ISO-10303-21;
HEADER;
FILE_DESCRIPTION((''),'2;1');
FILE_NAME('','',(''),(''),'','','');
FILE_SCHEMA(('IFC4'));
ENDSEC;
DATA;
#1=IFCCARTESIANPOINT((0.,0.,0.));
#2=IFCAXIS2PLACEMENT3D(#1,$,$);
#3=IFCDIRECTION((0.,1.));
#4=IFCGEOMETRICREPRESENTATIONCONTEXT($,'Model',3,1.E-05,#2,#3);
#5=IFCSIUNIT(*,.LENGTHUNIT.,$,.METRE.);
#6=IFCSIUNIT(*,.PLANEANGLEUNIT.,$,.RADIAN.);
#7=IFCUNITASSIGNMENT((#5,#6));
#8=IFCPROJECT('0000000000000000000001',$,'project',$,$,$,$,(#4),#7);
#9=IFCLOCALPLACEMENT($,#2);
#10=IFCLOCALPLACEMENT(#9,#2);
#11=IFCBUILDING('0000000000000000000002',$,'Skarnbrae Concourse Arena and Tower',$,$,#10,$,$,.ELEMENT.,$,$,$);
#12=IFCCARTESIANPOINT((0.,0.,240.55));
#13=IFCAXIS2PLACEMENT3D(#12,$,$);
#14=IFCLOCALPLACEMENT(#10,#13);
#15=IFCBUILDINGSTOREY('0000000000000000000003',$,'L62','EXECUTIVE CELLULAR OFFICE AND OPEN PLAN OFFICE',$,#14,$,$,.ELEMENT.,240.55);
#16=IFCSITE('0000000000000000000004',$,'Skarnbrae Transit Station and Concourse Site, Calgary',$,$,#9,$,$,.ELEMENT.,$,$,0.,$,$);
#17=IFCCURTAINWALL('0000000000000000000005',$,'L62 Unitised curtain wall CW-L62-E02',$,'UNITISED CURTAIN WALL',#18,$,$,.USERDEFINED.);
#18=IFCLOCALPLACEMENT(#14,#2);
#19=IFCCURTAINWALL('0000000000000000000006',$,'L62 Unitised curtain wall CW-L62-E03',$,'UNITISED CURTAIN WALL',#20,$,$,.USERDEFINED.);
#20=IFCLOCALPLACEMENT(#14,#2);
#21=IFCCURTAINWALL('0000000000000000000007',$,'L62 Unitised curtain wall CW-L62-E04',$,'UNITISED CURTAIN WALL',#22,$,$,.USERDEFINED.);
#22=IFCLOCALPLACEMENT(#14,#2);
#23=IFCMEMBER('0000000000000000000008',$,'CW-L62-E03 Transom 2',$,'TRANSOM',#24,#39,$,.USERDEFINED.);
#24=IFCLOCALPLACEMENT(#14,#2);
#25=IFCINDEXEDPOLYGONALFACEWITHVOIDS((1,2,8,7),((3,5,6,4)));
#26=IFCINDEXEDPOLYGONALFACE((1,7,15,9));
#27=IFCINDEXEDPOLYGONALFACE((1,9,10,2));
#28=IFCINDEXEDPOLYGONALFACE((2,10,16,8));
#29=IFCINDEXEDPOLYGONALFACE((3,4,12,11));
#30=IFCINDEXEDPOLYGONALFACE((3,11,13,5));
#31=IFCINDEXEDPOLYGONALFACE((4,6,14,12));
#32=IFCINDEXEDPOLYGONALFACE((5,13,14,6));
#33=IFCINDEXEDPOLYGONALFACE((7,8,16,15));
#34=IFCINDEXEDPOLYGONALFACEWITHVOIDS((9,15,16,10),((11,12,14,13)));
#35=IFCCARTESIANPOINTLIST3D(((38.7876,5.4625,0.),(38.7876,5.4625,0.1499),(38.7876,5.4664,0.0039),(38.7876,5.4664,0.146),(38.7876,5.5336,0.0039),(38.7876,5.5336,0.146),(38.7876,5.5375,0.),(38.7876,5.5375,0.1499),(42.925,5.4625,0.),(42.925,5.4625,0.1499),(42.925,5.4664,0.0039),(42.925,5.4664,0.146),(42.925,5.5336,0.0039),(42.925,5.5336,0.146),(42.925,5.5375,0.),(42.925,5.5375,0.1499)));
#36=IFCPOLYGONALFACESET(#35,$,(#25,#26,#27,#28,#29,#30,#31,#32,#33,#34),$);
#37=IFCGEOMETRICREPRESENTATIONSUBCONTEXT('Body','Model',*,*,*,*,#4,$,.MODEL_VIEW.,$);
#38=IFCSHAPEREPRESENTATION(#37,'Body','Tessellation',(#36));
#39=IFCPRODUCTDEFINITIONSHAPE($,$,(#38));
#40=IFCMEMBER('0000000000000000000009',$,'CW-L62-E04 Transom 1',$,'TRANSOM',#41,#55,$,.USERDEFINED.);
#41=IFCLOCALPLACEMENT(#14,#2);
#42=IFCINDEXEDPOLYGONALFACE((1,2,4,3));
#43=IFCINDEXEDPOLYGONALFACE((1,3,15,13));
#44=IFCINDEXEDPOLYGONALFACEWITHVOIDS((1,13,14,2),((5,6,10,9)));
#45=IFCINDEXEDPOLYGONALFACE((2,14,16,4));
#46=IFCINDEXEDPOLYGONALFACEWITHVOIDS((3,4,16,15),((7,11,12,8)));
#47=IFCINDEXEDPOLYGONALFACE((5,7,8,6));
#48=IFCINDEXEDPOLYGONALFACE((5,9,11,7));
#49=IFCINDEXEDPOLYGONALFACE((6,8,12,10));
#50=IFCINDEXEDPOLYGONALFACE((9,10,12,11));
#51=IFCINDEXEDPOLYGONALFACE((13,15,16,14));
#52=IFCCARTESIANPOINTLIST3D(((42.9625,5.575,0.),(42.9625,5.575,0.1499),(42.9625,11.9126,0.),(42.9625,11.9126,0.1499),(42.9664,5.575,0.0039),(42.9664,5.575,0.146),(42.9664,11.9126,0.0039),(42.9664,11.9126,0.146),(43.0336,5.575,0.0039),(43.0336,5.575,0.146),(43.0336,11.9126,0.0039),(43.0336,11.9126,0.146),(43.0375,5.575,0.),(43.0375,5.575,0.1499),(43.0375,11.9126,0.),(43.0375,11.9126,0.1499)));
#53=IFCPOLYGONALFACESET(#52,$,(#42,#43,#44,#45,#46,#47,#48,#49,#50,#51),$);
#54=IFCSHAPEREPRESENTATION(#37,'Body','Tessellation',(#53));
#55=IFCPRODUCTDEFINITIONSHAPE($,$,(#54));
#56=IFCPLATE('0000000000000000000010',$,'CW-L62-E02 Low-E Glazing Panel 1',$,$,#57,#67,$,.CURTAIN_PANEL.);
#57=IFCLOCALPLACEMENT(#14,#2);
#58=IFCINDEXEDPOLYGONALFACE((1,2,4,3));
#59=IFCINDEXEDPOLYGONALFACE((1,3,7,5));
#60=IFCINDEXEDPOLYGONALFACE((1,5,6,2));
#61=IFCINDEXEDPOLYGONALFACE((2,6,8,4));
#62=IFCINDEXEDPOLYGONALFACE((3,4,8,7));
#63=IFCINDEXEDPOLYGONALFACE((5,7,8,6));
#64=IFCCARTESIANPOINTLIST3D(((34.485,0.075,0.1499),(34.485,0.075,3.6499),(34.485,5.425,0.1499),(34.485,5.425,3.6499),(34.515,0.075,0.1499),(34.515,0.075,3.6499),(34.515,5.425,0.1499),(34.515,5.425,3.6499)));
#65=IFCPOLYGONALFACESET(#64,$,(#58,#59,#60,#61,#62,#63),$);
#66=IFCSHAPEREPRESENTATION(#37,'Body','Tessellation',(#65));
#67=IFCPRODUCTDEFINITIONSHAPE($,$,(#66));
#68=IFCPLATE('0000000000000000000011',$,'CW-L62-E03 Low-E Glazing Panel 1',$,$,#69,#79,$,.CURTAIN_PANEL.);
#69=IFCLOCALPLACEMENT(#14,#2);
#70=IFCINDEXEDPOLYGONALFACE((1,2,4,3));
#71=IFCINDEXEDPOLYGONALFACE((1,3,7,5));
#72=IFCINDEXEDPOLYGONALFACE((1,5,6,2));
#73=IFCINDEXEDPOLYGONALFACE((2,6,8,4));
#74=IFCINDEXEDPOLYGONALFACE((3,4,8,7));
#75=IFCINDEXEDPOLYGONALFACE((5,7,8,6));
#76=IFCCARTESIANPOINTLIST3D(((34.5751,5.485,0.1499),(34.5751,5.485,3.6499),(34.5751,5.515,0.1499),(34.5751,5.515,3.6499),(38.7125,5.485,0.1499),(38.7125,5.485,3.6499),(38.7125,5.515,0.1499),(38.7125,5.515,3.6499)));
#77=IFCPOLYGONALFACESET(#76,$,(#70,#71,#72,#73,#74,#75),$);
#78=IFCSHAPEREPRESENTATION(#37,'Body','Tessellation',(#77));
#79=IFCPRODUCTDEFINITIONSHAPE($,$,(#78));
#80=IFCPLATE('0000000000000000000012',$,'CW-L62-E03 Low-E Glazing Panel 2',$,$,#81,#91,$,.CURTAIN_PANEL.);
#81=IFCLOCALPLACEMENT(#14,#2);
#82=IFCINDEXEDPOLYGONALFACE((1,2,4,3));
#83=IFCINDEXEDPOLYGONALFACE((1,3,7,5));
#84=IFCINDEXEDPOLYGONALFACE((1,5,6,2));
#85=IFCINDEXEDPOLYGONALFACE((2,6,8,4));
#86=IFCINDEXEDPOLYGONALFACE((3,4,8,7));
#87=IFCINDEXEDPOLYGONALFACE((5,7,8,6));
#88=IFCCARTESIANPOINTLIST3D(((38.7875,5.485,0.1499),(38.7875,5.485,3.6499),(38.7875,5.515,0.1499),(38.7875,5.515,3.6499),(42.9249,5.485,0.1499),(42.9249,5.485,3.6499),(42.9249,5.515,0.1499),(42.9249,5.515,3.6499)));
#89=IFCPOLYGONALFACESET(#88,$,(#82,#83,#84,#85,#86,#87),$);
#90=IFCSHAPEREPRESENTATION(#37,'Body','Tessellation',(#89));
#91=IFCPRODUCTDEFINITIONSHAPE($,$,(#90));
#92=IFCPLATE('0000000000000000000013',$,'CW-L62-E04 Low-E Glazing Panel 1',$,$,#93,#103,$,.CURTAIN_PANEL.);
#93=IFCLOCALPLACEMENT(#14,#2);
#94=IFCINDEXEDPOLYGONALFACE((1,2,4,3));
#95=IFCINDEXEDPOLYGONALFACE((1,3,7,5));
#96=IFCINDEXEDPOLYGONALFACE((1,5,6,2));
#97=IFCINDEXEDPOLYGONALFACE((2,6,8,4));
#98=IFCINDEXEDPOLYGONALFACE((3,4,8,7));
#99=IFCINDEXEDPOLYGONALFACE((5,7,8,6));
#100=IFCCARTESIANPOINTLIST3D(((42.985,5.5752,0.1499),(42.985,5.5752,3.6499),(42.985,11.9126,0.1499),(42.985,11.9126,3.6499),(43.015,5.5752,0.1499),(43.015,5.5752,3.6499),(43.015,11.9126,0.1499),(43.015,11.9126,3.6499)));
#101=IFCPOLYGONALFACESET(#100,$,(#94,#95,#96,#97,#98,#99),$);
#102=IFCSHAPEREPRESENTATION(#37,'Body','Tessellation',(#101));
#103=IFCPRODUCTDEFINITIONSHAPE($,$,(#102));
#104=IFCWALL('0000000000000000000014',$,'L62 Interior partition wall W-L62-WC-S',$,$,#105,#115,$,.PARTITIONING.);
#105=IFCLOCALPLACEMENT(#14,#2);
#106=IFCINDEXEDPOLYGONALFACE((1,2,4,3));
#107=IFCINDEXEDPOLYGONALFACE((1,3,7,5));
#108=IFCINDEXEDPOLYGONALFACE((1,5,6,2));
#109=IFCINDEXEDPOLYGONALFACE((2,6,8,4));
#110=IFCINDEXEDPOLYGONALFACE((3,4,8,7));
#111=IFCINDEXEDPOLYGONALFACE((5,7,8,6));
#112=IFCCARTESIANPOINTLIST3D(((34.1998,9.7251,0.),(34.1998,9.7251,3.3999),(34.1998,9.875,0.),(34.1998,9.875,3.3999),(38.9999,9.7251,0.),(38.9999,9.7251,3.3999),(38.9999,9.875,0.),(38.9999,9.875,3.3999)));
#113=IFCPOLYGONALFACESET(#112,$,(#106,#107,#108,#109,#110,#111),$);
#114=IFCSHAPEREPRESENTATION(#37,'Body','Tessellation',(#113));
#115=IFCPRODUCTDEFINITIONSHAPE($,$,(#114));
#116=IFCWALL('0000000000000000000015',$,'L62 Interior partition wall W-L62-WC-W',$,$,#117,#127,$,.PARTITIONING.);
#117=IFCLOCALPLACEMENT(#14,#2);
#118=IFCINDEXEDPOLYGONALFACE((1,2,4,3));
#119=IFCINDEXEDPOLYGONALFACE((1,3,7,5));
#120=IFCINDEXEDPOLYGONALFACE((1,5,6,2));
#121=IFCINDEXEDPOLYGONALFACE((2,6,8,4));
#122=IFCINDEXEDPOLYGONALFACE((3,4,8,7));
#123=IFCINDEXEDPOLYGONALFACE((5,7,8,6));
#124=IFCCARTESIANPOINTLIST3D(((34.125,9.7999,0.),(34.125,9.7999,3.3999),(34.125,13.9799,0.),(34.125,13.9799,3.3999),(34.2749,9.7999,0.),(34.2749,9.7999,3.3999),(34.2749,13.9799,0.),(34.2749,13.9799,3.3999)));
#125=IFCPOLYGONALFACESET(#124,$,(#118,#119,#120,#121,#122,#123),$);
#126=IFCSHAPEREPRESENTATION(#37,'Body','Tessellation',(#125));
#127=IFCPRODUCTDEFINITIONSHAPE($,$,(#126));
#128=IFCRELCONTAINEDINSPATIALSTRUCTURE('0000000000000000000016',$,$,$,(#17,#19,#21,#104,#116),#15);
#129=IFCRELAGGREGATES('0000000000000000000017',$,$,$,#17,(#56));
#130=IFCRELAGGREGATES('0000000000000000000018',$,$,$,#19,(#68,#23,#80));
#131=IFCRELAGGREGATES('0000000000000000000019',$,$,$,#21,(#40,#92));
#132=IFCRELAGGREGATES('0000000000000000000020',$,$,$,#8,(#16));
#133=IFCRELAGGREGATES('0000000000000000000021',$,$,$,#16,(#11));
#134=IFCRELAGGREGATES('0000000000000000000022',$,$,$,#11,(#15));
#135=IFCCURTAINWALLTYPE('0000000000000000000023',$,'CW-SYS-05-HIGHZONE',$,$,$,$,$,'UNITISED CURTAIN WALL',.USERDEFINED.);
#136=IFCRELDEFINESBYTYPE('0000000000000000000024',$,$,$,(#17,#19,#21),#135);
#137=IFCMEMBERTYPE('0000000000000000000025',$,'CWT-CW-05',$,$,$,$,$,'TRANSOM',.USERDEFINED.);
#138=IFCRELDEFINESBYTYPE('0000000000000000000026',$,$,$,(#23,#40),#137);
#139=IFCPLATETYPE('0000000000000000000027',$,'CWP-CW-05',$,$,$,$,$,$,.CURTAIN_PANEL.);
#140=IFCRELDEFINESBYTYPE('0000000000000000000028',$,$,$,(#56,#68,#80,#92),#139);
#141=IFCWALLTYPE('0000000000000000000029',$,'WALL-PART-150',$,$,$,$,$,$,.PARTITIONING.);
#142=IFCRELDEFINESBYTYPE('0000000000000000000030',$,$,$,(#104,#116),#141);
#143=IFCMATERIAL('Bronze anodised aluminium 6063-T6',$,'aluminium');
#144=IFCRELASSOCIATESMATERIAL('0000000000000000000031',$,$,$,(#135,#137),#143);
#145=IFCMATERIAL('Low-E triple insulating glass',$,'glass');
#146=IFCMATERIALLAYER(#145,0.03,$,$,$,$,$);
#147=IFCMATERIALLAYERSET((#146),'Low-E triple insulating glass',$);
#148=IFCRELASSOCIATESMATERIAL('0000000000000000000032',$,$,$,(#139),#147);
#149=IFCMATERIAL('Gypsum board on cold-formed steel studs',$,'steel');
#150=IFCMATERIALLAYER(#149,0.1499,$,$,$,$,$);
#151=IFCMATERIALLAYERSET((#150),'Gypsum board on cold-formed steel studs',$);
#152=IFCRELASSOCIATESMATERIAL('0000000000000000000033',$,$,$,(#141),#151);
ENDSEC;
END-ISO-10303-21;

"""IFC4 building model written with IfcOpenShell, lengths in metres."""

from ifc_helpers import new_model, si_unit, direction, frame, frame_2d, origin, origin_2d, place, context, subcontext, project, spatial, rectangle, hollow_rectangle, extrude, source, transform, mapped, material, layer, layer_set, material_profile, profile_set, type_object, element, aggregate, save


model = new_model("IFC4")

# Units and contexts
model_context = context("Model", 3, precision=1e-05, world=origin(), true_north=direction((0.0, 1.0)))
body_context = subcontext(model_context, "Body", "Model", "MODEL_VIEW")
ifc_project = project(units=[si_unit("LENGTHUNIT", "METRE"), si_unit("PLANEANGLEUNIT", "RADIAN")], contexts=[model_context])

# Site, building, storey
site_placement = place(None, origin())
site = spatial("IfcSite", under=ifc_project, at=site_placement, Name="Skarnbrae Transit Station and Concourse Site, Calgary", CompositionType="ELEMENT", RefElevation=0.0)
building_placement = place(site_placement, origin())
building = spatial("IfcBuilding", under=site, at=building_placement, Name="Skarnbrae Concourse Arena and Tower", CompositionType="ELEMENT")
storey_placement = place(building_placement, frame((0.0, 0.0, 240.55)))
storey = spatial("IfcBuildingStorey", under=building, at=storey_placement, Name="L62", Description="EXECUTIVE CELLULAR OFFICE AND OPEN PLAN OFFICE", CompositionType="ELEMENT", Elevation=240.55)

# Curtain walls
ifc_material_1 = material(Name="Bronze anodised aluminium 6063-T6", Category="aluminium")
curtain_wall_type = type_object("IfcCurtainWallType", Name="CW-SYS-05-HIGHZONE", ElementType="UNITISED CURTAIN WALL", PredefinedType="USERDEFINED", material=ifc_material_1)
curtain_wall_1_placement = place(storey_placement, origin())
curtain_wall_1 = element("IfcCurtainWall", 1, at=curtain_wall_1_placement, inside=storey, type_object=curtain_wall_type, Name="L62 Unitised curtain wall CW-L62-E02", ObjectType="UNITISED CURTAIN WALL", PredefinedType="USERDEFINED")
curtain_wall_2_placement = place(storey_placement, origin())
curtain_wall_2 = element("IfcCurtainWall", 2, at=curtain_wall_2_placement, inside=storey, type_object=curtain_wall_type, Name="L62 Unitised curtain wall CW-L62-E03", ObjectType="UNITISED CURTAIN WALL", PredefinedType="USERDEFINED")

# Curtain wall
curtain_wall_3_placement = place(storey_placement, origin())
curtain_wall_3 = element("IfcCurtainWall", 3, at=curtain_wall_3_placement, inside=storey, type_object=curtain_wall_type, Name="L62 Unitised curtain wall CW-L62-E04", ObjectType="UNITISED CURTAIN WALL", PredefinedType="USERDEFINED")

# Members
ifc_material_profile_1 = material_profile(ifc_material_1, hollow_rectangle(XDim=0.075, YDim=0.1499, WallThickness=0.0039, at=origin_2d()), Name="ALU-TRAN-75X150")
ifc_profile_set_1 = profile_set([ifc_material_profile_1], Name="Bronze anodised aluminium 6063-T6")
member_type_1 = type_object("IfcMemberType", Name="CWT-CW-05", ElementType="TRANSOM", PredefinedType="USERDEFINED", material=ifc_profile_set_1)
shared_shape_1 = source(origin(), body_context, "Body", "SweptSolid", [
    extrude(hollow_rectangle(XDim=0.075, YDim=0.1499, WallThickness=0.0039, at=origin_2d()), origin(), (0.0, 0.0, 1.0), 4.1375),
])
member_1_placement = place(storey_placement, frame((38.7876, 5.5, 0.075), z_axis=(1.0, 0.0, 0.0), x_axis=(0.0, 1.0, 0.0)))
member_1 = element("IfcMember", 4, at=member_1_placement, type_object=member_type_1, Name="CW-L62-E03 Transom 2", ObjectType="TRANSOM", PredefinedType="USERDEFINED", context=body_context, shape_type="MappedRepresentation", body=[
    mapped(shared_shape_1, transform((0.0, 0.0, 0.0))),
])
shared_shape_2 = source(origin(), body_context, "Body", "SweptSolid", [
    extrude(hollow_rectangle(XDim=0.075, YDim=0.1499, WallThickness=0.0039, at=origin_2d()), origin(), (0.0, 0.0, 1.0), 6.3376),
])
member_2_placement = place(storey_placement, frame((43.0, 5.575, 0.075), z_axis=(0.0, 1.0, 0.0), x_axis=(-1.0, 0.0, 0.0)))
member_2 = element("IfcMember", 5, at=member_2_placement, type_object=member_type_1, Name="CW-L62-E04 Transom 1", ObjectType="TRANSOM", PredefinedType="USERDEFINED", context=body_context, shape_type="MappedRepresentation", body=[
    mapped(shared_shape_2, transform((0.0, 0.0, 0.0))),
])

# Plates
ifc_material_2 = material(Name="Low-E triple insulating glass", Category="glass")
ifc_layer_1 = layer(ifc_material_2, 0.03)
ifc_layer_set_1 = layer_set([ifc_layer_1], Name="Low-E triple insulating glass")
plate_type = type_object("IfcPlateType", Name="CWP-CW-05", PredefinedType="CURTAIN_PANEL", material=ifc_layer_set_1)
shared_shape_3 = source(origin(), body_context, "Body", "SweptSolid", [
    extrude(rectangle(XDim=5.3501, YDim=0.03, at=origin_2d()), origin(), (0.0, 0.0, 1.0), 3.5),
])
plate_1_placement = place(storey_placement, frame((34.5, 2.75, 0.1499), z_axis=(0.0, 0.0, 1.0), x_axis=(0.0, 1.0, 0.0)))
plate_1 = element("IfcPlate", 6, at=plate_1_placement, type_object=plate_type, Name="CW-L62-E02 Low-E Glazing Panel 1", PredefinedType="CURTAIN_PANEL", context=body_context, shape_type="MappedRepresentation", body=[
    mapped(shared_shape_3, transform((0.0, 0.0, 0.0))),
])
aggregate(curtain_wall_1, [plate_1])
shared_shape_4 = source(origin(), body_context, "Body", "SweptSolid", [
    extrude(rectangle(XDim=4.1375, YDim=0.03, at=origin_2d()), origin(), (0.0, 0.0, 1.0), 3.5),
])
plate_2_placement = place(storey_placement, frame((36.6438, 5.5, 0.1499), z_axis=(0.0, 0.0, 1.0), x_axis=(1.0, 0.0, 0.0)))
plate_2 = element("IfcPlate", 7, at=plate_2_placement, type_object=plate_type, Name="CW-L62-E03 Low-E Glazing Panel 1", PredefinedType="CURTAIN_PANEL", context=body_context, shape_type="MappedRepresentation", body=[
    mapped(shared_shape_4, transform((0.0, 0.0, 0.0))),
])
plate_3_placement = place(storey_placement, frame((40.8562, 5.5, 0.1499), z_axis=(0.0, 0.0, 1.0), x_axis=(1.0, 0.0, 0.0)))
plate_3 = element("IfcPlate", 8, at=plate_3_placement, type_object=plate_type, Name="CW-L62-E03 Low-E Glazing Panel 2", PredefinedType="CURTAIN_PANEL", context=body_context, shape_type="MappedRepresentation", body=[
    mapped(shared_shape_4, transform((0.0, 0.0, 0.0))),
])
aggregate(curtain_wall_2, [plate_2, member_1, plate_3])
shared_shape_5 = source(origin(), body_context, "Body", "SweptSolid", [
    extrude(rectangle(XDim=6.3374, YDim=0.03, at=origin_2d()), origin(), (0.0, 0.0, 1.0), 3.5),
])
plate_4_placement = place(storey_placement, frame((43.0, 8.7439, 0.1499), z_axis=(0.0, 0.0, 1.0), x_axis=(0.0, 1.0, 0.0)))
plate_4 = element("IfcPlate", 9, at=plate_4_placement, type_object=plate_type, Name="CW-L62-E04 Low-E Glazing Panel 1", PredefinedType="CURTAIN_PANEL", context=body_context, shape_type="MappedRepresentation", body=[
    mapped(shared_shape_5, transform((0.0, 0.0, 0.0))),
])
aggregate(curtain_wall_3, [member_2, plate_4])

# Walls
ifc_material_3 = material(Name="Gypsum board on cold-formed steel studs", Category="steel")
ifc_layer_2 = layer(ifc_material_3, 0.1499)
ifc_layer_set_2 = layer_set([ifc_layer_2], Name="Gypsum board on cold-formed steel studs")
wall_type = type_object("IfcWallType", Name="WALL-PART-150", PredefinedType="PARTITIONING", material=ifc_layer_set_2)
shared_shape_6 = source(origin(), body_context, "Body", "SweptSolid", [
    extrude(rectangle(XDim=4.8, YDim=0.1499, at=frame_2d((2.3999, 0.0))), origin(), (0.0, 0.0, 1.0), 3.3999),
])
wall_1_placement = place(storey_placement, frame((34.2, 9.8, 0.0), z_axis=(0.0, 0.0, 1.0), x_axis=(1.0, 0.0, 0.0)))
element("IfcWall", 10, at=wall_1_placement, inside=storey, type_object=wall_type, Name="L62 Interior partition wall W-L62-WC-S", PredefinedType="PARTITIONING", context=body_context, shape_type="MappedRepresentation", body=[
    mapped(shared_shape_6, transform((0.0, 0.0, 0.0))),
])
shared_shape_7 = source(origin(), body_context, "Body", "SweptSolid", [
    extrude(rectangle(XDim=4.1799, YDim=0.1499, at=frame_2d((2.0898, 0.0))), origin(), (0.0, 0.0, 1.0), 3.3999),
])
wall_2_placement = place(storey_placement, frame((34.2, 9.8, 0.0), z_axis=(0.0, 0.0, 1.0), x_axis=(0.0, 1.0, 0.0)))
element("IfcWall", 11, at=wall_2_placement, inside=storey, type_object=wall_type, Name="L62 Interior partition wall W-L62-WC-W", PredefinedType="PARTITIONING", context=body_context, shape_type="MappedRepresentation", body=[
    mapped(shared_shape_7, transform((0.0, 0.0, 0.0))),
])

save(model, "model.ifc")
